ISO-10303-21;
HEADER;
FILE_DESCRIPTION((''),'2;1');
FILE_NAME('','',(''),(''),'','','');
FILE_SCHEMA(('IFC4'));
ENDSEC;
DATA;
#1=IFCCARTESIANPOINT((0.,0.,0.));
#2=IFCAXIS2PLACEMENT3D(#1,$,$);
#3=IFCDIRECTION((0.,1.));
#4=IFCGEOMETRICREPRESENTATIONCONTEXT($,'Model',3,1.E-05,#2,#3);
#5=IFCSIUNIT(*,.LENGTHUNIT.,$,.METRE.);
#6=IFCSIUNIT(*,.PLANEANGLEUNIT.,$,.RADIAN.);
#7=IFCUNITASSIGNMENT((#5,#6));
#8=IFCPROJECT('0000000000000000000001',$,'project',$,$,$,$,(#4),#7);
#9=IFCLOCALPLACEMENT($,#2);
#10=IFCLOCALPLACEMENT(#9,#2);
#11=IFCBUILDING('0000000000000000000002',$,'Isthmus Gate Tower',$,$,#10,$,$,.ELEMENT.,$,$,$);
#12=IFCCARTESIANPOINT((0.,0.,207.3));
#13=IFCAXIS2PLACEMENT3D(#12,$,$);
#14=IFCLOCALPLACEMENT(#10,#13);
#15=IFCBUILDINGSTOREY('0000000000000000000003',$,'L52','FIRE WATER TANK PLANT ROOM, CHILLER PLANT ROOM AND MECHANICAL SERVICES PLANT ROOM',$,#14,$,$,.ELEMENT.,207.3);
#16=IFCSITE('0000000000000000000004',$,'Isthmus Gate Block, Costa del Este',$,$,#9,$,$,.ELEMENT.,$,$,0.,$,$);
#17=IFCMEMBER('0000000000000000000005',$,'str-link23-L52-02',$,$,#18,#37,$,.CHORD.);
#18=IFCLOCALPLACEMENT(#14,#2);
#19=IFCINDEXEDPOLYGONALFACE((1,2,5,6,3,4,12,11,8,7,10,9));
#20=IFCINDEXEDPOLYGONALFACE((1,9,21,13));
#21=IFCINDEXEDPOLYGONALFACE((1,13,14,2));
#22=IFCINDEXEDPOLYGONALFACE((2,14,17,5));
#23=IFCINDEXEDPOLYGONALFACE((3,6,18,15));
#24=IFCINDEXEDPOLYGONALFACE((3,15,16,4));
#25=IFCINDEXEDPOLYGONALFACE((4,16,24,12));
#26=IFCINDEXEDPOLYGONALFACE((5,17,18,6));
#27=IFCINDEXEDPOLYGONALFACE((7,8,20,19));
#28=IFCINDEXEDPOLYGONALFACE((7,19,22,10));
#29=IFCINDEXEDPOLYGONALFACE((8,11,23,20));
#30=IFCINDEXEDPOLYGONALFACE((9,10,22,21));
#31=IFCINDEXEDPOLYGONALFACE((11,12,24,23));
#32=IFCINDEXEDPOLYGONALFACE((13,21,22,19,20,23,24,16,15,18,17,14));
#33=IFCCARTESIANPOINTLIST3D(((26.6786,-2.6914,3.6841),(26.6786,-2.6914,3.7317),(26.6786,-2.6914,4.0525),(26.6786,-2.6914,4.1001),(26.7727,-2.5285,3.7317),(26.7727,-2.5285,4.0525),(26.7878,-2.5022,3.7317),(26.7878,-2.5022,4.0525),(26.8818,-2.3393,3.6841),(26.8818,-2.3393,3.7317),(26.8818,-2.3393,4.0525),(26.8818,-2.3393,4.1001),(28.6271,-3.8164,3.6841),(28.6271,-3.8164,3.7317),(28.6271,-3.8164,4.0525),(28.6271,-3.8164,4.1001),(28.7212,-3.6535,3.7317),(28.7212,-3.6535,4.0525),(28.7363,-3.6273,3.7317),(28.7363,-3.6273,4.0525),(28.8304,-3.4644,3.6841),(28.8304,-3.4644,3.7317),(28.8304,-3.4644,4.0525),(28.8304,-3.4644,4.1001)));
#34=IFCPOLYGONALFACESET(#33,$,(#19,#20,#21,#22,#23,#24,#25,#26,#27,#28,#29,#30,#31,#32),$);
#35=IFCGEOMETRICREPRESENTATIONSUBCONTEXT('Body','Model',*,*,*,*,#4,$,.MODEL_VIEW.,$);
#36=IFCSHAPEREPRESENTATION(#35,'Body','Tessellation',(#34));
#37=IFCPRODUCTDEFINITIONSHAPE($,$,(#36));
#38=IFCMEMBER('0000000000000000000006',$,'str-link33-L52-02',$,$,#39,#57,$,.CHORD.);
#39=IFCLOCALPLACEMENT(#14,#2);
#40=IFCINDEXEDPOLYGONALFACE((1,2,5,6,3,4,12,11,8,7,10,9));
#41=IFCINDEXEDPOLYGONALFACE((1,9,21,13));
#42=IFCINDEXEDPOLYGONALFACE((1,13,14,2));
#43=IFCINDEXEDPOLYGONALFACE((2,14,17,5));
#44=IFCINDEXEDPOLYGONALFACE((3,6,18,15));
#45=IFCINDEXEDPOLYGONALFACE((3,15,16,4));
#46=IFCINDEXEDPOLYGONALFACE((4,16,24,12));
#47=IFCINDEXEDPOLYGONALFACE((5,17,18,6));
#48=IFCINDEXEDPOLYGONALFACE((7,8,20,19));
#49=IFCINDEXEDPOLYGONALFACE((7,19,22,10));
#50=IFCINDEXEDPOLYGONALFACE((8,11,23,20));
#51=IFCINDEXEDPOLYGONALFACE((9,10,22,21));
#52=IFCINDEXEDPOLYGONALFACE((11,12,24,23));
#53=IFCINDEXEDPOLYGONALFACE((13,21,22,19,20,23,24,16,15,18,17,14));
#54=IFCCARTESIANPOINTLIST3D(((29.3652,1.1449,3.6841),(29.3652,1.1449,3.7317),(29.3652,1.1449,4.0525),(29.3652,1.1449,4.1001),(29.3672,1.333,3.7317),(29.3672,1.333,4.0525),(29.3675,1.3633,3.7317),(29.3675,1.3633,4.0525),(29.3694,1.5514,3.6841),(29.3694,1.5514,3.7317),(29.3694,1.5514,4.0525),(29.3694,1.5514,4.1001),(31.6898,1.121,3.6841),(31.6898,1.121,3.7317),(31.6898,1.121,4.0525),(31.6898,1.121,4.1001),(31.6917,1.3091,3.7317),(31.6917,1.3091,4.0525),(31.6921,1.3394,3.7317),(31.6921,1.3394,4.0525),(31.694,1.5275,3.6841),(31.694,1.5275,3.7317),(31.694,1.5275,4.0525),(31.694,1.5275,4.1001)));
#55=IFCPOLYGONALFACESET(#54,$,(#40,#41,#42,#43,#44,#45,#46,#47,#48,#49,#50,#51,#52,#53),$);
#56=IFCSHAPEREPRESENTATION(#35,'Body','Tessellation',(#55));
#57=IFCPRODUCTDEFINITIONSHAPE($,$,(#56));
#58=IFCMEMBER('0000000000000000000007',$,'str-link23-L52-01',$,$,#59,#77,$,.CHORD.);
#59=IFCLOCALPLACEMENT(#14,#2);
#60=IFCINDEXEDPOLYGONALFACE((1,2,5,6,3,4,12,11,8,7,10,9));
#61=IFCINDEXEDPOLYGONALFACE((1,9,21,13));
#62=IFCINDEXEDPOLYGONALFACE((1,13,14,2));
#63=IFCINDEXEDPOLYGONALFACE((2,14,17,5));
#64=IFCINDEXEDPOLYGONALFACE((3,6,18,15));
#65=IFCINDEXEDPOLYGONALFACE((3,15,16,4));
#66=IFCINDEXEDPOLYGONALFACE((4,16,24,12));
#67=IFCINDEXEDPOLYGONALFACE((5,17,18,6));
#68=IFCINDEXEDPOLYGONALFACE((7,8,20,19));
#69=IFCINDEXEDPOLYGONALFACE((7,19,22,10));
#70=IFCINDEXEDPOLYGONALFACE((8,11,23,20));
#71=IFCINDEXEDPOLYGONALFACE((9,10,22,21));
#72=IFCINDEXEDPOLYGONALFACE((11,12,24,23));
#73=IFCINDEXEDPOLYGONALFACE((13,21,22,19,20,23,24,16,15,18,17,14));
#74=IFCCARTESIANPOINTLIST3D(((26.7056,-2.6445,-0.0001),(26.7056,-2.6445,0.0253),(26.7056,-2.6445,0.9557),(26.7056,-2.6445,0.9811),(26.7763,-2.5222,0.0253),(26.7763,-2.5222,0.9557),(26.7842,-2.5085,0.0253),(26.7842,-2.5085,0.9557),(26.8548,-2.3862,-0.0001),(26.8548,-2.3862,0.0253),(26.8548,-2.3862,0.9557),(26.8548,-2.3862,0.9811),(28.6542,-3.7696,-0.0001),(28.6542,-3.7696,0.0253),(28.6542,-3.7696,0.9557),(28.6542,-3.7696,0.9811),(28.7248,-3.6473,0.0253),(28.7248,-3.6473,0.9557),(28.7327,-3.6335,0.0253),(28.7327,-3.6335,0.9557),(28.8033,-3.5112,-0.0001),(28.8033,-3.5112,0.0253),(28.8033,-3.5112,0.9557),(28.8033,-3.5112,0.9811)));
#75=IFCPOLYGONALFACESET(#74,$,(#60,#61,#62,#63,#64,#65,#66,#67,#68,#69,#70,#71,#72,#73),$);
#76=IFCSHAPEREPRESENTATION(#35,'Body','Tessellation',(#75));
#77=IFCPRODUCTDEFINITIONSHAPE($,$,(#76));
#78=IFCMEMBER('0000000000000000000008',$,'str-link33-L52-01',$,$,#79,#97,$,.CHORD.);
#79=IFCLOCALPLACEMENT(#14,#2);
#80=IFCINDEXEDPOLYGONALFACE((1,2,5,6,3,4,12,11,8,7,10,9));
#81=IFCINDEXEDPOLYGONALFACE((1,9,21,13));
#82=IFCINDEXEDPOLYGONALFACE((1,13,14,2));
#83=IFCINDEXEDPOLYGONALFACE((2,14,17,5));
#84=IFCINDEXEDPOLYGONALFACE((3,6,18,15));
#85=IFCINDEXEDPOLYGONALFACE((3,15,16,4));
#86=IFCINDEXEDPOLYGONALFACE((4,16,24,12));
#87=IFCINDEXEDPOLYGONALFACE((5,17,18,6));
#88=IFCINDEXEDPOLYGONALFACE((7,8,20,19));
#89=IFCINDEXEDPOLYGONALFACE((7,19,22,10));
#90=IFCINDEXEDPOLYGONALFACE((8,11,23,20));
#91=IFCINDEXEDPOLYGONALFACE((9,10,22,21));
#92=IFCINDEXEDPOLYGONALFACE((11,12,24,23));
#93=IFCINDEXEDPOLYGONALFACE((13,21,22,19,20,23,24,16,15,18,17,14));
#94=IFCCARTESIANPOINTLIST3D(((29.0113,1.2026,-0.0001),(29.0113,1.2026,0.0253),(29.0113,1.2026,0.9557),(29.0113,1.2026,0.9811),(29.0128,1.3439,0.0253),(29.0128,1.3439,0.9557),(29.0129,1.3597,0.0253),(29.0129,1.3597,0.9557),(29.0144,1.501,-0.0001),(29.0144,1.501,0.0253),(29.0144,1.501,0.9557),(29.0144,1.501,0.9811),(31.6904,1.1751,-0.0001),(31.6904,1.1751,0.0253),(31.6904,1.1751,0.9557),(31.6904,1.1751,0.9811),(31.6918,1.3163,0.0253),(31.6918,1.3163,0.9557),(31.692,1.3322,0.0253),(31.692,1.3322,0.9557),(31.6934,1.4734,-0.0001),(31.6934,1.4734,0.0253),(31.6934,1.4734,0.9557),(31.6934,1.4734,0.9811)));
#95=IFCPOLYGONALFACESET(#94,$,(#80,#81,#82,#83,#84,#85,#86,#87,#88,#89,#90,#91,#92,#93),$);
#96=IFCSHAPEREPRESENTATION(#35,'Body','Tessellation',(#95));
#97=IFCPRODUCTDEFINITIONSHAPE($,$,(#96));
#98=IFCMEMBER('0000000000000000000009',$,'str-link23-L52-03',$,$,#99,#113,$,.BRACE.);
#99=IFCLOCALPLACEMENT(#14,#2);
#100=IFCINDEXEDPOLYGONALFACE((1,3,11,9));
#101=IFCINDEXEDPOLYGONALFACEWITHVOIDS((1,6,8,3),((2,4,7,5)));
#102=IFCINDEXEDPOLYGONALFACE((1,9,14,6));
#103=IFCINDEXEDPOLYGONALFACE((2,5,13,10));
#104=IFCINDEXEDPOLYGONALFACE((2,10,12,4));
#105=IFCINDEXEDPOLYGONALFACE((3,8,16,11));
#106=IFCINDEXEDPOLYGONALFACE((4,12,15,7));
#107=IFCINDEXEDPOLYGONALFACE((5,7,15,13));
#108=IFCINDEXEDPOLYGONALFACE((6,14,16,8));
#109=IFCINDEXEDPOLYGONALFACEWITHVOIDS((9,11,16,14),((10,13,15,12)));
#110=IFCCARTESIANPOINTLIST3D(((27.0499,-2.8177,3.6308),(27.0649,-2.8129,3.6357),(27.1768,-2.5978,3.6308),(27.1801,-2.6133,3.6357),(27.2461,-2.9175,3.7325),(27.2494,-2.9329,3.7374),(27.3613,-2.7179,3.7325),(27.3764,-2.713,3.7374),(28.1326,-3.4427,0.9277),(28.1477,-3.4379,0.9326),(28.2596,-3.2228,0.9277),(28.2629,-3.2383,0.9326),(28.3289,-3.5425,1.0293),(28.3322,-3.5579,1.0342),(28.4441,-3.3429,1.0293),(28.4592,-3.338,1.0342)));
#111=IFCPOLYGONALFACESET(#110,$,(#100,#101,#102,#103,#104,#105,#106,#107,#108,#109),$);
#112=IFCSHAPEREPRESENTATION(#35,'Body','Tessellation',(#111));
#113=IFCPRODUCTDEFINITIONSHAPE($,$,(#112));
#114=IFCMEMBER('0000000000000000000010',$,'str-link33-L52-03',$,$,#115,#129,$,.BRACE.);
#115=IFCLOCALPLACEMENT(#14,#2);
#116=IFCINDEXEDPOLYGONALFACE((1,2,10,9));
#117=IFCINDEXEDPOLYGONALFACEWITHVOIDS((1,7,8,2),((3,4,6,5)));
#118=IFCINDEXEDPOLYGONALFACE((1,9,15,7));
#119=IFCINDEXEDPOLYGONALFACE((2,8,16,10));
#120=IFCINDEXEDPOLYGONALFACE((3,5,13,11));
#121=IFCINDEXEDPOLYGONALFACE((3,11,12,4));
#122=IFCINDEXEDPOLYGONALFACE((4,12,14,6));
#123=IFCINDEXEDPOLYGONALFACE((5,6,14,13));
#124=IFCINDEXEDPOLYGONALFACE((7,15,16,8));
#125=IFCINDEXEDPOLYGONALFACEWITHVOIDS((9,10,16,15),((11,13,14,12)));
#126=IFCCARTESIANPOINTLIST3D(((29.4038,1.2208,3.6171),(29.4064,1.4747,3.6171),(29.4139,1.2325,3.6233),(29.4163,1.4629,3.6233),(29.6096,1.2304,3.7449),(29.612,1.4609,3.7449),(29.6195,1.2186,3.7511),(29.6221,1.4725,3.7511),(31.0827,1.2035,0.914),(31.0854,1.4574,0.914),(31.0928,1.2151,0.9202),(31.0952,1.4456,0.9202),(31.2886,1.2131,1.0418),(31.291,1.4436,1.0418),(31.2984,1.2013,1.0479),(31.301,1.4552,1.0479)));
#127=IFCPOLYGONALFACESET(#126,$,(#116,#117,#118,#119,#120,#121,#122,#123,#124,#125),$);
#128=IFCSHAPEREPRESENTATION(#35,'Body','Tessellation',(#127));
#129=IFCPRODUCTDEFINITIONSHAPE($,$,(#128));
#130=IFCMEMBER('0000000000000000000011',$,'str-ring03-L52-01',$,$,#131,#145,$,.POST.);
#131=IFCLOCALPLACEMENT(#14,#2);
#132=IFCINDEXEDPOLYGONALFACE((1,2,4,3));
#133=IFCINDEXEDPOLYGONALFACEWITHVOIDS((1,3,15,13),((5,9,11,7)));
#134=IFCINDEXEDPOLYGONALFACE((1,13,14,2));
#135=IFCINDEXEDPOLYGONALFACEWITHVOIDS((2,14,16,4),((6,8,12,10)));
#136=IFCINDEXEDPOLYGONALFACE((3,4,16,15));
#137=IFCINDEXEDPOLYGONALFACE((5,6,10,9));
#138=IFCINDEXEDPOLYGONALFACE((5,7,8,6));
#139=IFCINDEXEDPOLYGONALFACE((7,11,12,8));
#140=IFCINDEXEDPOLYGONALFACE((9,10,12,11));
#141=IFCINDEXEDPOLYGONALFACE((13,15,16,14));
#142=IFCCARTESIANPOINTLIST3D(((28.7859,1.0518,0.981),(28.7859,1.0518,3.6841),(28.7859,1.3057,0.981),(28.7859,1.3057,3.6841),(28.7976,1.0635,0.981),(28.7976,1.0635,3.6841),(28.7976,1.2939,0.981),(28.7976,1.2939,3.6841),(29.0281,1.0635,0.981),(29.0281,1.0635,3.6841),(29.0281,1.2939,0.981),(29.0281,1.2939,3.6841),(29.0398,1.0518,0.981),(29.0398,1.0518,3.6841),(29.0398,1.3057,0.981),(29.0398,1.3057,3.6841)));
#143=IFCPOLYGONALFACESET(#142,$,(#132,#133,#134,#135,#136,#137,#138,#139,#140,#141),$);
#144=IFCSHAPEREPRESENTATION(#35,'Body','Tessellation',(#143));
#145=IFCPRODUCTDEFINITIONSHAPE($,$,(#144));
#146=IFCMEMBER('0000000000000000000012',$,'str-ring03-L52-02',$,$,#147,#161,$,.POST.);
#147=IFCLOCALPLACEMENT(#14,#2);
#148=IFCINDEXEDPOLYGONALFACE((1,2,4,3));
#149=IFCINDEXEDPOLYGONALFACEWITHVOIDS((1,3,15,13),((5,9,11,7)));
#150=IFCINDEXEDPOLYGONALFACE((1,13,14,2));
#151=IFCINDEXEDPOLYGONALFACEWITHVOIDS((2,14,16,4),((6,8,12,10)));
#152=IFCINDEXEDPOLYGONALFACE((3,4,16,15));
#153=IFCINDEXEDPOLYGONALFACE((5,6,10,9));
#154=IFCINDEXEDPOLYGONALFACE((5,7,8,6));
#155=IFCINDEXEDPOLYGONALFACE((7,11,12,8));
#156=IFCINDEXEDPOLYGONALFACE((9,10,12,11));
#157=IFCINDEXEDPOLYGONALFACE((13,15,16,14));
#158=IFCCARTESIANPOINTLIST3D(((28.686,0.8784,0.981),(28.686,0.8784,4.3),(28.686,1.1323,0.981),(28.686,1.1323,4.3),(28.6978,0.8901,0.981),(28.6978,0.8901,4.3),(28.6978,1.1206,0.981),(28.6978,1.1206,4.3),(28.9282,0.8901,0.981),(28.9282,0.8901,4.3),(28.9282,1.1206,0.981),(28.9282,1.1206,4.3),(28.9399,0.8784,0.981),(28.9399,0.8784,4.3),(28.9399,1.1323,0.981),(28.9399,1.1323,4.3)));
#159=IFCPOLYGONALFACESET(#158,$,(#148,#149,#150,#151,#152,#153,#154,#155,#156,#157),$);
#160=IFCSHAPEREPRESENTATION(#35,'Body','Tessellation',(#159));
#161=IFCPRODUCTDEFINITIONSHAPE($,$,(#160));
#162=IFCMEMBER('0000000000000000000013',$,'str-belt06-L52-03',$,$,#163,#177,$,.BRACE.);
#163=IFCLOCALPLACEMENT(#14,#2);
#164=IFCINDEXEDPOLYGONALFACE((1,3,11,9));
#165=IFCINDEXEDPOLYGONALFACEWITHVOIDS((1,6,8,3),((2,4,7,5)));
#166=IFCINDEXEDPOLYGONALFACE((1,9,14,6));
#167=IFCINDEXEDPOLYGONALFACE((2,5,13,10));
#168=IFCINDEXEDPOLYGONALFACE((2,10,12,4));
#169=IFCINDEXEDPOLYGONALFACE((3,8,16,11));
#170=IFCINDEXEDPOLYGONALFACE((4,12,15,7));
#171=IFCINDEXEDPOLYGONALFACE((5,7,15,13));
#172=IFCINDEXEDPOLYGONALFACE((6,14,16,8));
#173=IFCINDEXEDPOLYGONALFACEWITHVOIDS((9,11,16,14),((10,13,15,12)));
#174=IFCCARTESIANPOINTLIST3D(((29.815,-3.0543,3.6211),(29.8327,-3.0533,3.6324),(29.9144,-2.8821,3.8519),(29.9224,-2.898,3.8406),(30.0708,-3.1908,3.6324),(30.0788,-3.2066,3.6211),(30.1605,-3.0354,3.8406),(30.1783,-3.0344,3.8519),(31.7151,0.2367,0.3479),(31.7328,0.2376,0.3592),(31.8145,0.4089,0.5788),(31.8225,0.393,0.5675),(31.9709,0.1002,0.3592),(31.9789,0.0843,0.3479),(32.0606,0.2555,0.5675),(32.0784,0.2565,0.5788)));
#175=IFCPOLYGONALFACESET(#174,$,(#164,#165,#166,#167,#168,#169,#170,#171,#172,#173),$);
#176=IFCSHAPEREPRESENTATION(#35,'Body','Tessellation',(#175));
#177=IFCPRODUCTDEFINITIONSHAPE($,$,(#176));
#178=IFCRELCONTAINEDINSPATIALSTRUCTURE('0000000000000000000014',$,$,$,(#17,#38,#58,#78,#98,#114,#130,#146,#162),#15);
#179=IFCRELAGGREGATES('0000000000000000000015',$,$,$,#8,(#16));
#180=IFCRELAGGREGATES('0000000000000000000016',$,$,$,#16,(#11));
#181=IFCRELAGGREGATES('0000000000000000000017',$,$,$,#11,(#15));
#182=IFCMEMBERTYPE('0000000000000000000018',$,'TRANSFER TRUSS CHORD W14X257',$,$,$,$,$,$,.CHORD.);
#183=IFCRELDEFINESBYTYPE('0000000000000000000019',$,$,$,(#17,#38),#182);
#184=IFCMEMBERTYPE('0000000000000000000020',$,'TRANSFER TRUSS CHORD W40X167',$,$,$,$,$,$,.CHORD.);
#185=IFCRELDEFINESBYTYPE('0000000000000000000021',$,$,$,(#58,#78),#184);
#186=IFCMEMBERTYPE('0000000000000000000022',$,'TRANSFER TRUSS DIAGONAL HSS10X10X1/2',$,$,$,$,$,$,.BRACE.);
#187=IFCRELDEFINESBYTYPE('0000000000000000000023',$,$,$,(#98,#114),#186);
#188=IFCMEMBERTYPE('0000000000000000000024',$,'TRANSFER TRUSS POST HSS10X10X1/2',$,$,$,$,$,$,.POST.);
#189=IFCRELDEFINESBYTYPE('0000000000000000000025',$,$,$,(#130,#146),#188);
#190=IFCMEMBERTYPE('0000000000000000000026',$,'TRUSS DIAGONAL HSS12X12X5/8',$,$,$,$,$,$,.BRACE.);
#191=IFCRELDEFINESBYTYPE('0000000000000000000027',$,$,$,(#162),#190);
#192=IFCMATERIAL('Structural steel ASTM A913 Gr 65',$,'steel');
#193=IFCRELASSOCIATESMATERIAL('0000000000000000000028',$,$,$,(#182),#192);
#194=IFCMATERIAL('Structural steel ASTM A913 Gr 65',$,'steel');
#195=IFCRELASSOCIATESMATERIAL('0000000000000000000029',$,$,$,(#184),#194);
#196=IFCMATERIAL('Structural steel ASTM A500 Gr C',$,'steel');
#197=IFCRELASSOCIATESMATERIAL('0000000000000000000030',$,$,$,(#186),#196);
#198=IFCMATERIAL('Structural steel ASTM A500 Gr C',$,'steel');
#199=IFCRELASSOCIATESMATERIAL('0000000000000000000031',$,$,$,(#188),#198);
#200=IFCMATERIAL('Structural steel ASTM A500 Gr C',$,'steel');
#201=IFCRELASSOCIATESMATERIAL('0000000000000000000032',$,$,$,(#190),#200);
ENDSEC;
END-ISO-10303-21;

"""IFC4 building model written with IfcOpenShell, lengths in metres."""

from ifc_helpers import new_model, si_unit, direction, frame, origin, origin_2d, place, context, subcontext, project, spatial, hollow_rectangle, i_section, extrude, material, material_profile, profile_set, type_object, element, save


model = new_model("IFC4")

# Units and contexts
model_context = context("Model", 3, precision=1e-05, world=origin(), true_north=direction((0.0, 1.0)))
body_context = subcontext(model_context, "Body", "Model", "MODEL_VIEW")
ifc_project = project(units=[si_unit("LENGTHUNIT", "METRE"), si_unit("PLANEANGLEUNIT", "RADIAN")], contexts=[model_context])

# Site, building, storey
site_placement = place(None, origin())
site = spatial("IfcSite", under=ifc_project, at=site_placement, Name="Isthmus Gate Block, Costa del Este", CompositionType="ELEMENT", RefElevation=0.0)
building_placement = place(site_placement, origin())
building = spatial("IfcBuilding", under=site, at=building_placement, Name="Isthmus Gate Tower", CompositionType="ELEMENT")
storey_placement = place(building_placement, frame((0.0, 0.0, 207.3)))
storey = spatial("IfcBuildingStorey", under=building, at=storey_placement, Name="L52", Description="FIRE WATER TANK PLANT ROOM, CHILLER PLANT ROOM AND MECHANICAL SERVICES PLANT ROOM", CompositionType="ELEMENT", Elevation=207.3)

# Members
ifc_material_1 = material(Name="Structural steel ASTM A913 Gr 65", Category="steel")
ifc_material_profile_1 = material_profile(ifc_material_1, i_section(OverallWidth=0.4065, OverallDepth=0.416, WebThickness=0.0303, FlangeThickness=0.0476, at=origin_2d()), Name="W14X257")
ifc_profile_set_1 = profile_set([ifc_material_profile_1], Name="Structural steel ASTM A913 Gr 65")
member_type_1 = type_object("IfcMemberType", Name="TRANSFER TRUSS CHORD W14X257", PredefinedType="CHORD", material=ifc_profile_set_1)
member_1_placement = place(storey_placement, frame((28.7288, -3.6404, 3.8921), z_axis=(-0.866018, 0.500014, 0.0), x_axis=(-0.500014, -0.866018, 0.0)))
element("IfcMember", 1, at=member_1_placement, inside=storey, type_object=member_type_1, Name="str-link23-L52-02", PredefinedType="CHORD", context=body_context, shape_type="SweptSolid", body=[
    extrude(i_section(OverallWidth=0.4065, OverallDepth=0.416, WebThickness=0.0303, FlangeThickness=0.0476, at=origin_2d()), origin(), (0.0, 0.0, 1.0), 2.25),
])
member_2_placement = place(storey_placement, frame((31.6919, 1.3242, 3.8921), z_axis=(-0.999947, 0.010292, 0.0), x_axis=(-0.010292, -0.999947, 0.0)))
element("IfcMember", 2, at=member_2_placement, inside=storey, type_object=member_type_1, Name="str-link33-L52-02", PredefinedType="CHORD", context=body_context, shape_type="SweptSolid", body=[
    extrude(i_section(OverallWidth=0.4065, OverallDepth=0.416, WebThickness=0.0303, FlangeThickness=0.0476, at=origin_2d()), origin(), (0.0, 0.0, 1.0), 2.3247),
])
ifc_material_2 = material(Name="Structural steel ASTM A913 Gr 65", Category="steel")
ifc_material_profile_2 = material_profile(ifc_material_2, i_section(OverallWidth=0.2983, OverallDepth=0.9812, WebThickness=0.0159, FlangeThickness=0.0254, at=origin_2d()), Name="W40X167")
ifc_profile_set_2 = profile_set([ifc_material_profile_2], Name="Structural steel ASTM A913 Gr 65")
member_type_2 = type_object("IfcMemberType", Name="TRANSFER TRUSS CHORD W40X167", PredefinedType="CHORD", material=ifc_profile_set_2)
member_3_placement = place(storey_placement, frame((28.7288, -3.6404, 0.4905), z_axis=(-0.866018, 0.500014, 0.0), x_axis=(-0.500014, -0.866018, 0.0)))
element("IfcMember", 3, at=member_3_placement, inside=storey, type_object=member_type_2, Name="str-link23-L52-01", PredefinedType="CHORD", context=body_context, shape_type="SweptSolid", body=[
    extrude(i_section(OverallWidth=0.2983, OverallDepth=0.9812, WebThickness=0.0159, FlangeThickness=0.0254, at=origin_2d()), origin(), (0.0, 0.0, 1.0), 2.25),
])
member_4_placement = place(storey_placement, frame((31.6919, 1.3242, 0.4905), z_axis=(-0.999947, 0.010297, 0.0), x_axis=(-0.010297, -0.999947, 0.0)))
element("IfcMember", 4, at=member_4_placement, inside=storey, type_object=member_type_2, Name="str-link33-L52-01", PredefinedType="CHORD", context=body_context, shape_type="SweptSolid", body=[
    extrude(i_section(OverallWidth=0.2983, OverallDepth=0.9812, WebThickness=0.0159, FlangeThickness=0.0254, at=origin_2d()), origin(), (0.0, 0.0, 1.0), 2.6792),
])
ifc_material_3 = material(Name="Structural steel ASTM A500 Gr C", Category="steel")
ifc_material_profile_3 = material_profile(ifc_material_3, hollow_rectangle(XDim=0.2539, YDim=0.2539, WallThickness=0.0117, at=origin_2d()), Name="HSS10X10X1/2")
ifc_profile_set_3 = profile_set([ifc_material_profile_3], Name="Structural steel ASTM A500 Gr C")
member_type_3 = type_object("IfcMemberType", Name="TRANSFER TRUSS DIAGONAL HSS10X10X1/2", PredefinedType="BRACE", material=ifc_profile_set_3)
member_5_placement = place(storey_placement, frame((28.2959, -3.3904, 0.981), z_axis=(-0.363559, 0.209856, 0.907626), x_axis=(-0.49992, -0.866072, 0.0)))
element("IfcMember", 5, at=member_5_placement, inside=storey, type_object=member_type_3, Name="str-link23-L52-03", PredefinedType="BRACE", context=body_context, shape_type="SweptSolid", body=[
    extrude(hollow_rectangle(XDim=0.2539, YDim=0.2539, WallThickness=0.0117, at=origin_2d()), origin(), (0.0, 0.0, 1.0), 2.9783),
])
member_6_placement = place(storey_placement, frame((31.1919, 1.3293, 0.981), z_axis=(-0.527617, 0.005447, 0.849465), x_axis=(-0.010324, -0.999947, 0.0)))
element("IfcMember", 6, at=member_6_placement, inside=storey, type_object=member_type_3, Name="str-link33-L52-03", PredefinedType="BRACE", context=body_context, shape_type="SweptSolid", body=[
    extrude(hollow_rectangle(XDim=0.2539, YDim=0.2539, WallThickness=0.0117, at=origin_2d()), origin(), (0.0, 0.0, 1.0), 3.1821),
])
ifc_material_4 = material(Name="Structural steel ASTM A500 Gr C", Category="steel")
ifc_material_profile_4 = material_profile(ifc_material_4, hollow_rectangle(XDim=0.2539, YDim=0.2539, WallThickness=0.0117, at=origin_2d()), Name="HSS10X10X1/2")
ifc_profile_set_4 = profile_set([ifc_material_profile_4], Name="Structural steel ASTM A500 Gr C")
member_type_4 = type_object("IfcMemberType", Name="TRANSFER TRUSS POST HSS10X10X1/2", PredefinedType="POST", material=ifc_profile_set_4)
member_7_placement = place(storey_placement, frame((28.9128, 1.1787, 0.981), z_axis=(0.0, 0.0, 1.0), x_axis=(1.0, 0.0, 0.0)))
element("IfcMember", 7, at=member_7_placement, inside=storey, type_object=member_type_4, Name="str-ring03-L52-01", PredefinedType="POST", context=body_context, shape_type="SweptSolid", body=[
    extrude(hollow_rectangle(XDim=0.2539, YDim=0.2539, WallThickness=0.0117, at=origin_2d()), origin(), (0.0, 0.0, 1.0), 2.7031),
])
member_8_placement = place(storey_placement, frame((28.813, 1.0054, 0.981), z_axis=(0.0, 0.0, 1.0), x_axis=(1.0, 0.0, 0.0)))
element("IfcMember", 8, at=member_8_placement, inside=storey, type_object=member_type_4, Name="str-ring03-L52-02", PredefinedType="POST", context=body_context, shape_type="SweptSolid", body=[
    extrude(hollow_rectangle(XDim=0.2539, YDim=0.2539, WallThickness=0.0117, at=origin_2d()), origin(), (0.0, 0.0, 1.0), 3.3191),
])
ifc_material_5 = material(Name="Structural steel ASTM A500 Gr C", Category="steel")
ifc_material_profile_5 = material_profile(ifc_material_5, hollow_rectangle(XDim=0.3047, YDim=0.3047, WallThickness=0.0149, at=origin_2d()), Name="HSS12X12X5/8")
ifc_profile_set_5 = profile_set([ifc_material_profile_5], Name="Structural steel ASTM A500 Gr C")
member_type_5 = type_object("IfcMemberType", Name="TRUSS DIAGONAL HSS12X12X5/8", PredefinedType="BRACE", material=ifc_profile_set_5)
member_9_placement = place(storey_placement, frame((31.8967, 0.2466, 0.4634), z_axis=(-0.378856, -0.65617, 0.652617), x_axis=(0.866017, -0.500015, 0.0)))
element("IfcMember", 9, at=member_9_placement, inside=storey, type_object=member_type_5, Name="str-belt06-L52-03", PredefinedType="BRACE", context=body_context, shape_type="SweptSolid", body=[
    extrude(hollow_rectangle(XDim=0.3047, YDim=0.3047, WallThickness=0.0149, at=origin_2d()), origin(), (0.0, 0.0, 1.0), 5.0154),
])

save(model, "model.ifc")
